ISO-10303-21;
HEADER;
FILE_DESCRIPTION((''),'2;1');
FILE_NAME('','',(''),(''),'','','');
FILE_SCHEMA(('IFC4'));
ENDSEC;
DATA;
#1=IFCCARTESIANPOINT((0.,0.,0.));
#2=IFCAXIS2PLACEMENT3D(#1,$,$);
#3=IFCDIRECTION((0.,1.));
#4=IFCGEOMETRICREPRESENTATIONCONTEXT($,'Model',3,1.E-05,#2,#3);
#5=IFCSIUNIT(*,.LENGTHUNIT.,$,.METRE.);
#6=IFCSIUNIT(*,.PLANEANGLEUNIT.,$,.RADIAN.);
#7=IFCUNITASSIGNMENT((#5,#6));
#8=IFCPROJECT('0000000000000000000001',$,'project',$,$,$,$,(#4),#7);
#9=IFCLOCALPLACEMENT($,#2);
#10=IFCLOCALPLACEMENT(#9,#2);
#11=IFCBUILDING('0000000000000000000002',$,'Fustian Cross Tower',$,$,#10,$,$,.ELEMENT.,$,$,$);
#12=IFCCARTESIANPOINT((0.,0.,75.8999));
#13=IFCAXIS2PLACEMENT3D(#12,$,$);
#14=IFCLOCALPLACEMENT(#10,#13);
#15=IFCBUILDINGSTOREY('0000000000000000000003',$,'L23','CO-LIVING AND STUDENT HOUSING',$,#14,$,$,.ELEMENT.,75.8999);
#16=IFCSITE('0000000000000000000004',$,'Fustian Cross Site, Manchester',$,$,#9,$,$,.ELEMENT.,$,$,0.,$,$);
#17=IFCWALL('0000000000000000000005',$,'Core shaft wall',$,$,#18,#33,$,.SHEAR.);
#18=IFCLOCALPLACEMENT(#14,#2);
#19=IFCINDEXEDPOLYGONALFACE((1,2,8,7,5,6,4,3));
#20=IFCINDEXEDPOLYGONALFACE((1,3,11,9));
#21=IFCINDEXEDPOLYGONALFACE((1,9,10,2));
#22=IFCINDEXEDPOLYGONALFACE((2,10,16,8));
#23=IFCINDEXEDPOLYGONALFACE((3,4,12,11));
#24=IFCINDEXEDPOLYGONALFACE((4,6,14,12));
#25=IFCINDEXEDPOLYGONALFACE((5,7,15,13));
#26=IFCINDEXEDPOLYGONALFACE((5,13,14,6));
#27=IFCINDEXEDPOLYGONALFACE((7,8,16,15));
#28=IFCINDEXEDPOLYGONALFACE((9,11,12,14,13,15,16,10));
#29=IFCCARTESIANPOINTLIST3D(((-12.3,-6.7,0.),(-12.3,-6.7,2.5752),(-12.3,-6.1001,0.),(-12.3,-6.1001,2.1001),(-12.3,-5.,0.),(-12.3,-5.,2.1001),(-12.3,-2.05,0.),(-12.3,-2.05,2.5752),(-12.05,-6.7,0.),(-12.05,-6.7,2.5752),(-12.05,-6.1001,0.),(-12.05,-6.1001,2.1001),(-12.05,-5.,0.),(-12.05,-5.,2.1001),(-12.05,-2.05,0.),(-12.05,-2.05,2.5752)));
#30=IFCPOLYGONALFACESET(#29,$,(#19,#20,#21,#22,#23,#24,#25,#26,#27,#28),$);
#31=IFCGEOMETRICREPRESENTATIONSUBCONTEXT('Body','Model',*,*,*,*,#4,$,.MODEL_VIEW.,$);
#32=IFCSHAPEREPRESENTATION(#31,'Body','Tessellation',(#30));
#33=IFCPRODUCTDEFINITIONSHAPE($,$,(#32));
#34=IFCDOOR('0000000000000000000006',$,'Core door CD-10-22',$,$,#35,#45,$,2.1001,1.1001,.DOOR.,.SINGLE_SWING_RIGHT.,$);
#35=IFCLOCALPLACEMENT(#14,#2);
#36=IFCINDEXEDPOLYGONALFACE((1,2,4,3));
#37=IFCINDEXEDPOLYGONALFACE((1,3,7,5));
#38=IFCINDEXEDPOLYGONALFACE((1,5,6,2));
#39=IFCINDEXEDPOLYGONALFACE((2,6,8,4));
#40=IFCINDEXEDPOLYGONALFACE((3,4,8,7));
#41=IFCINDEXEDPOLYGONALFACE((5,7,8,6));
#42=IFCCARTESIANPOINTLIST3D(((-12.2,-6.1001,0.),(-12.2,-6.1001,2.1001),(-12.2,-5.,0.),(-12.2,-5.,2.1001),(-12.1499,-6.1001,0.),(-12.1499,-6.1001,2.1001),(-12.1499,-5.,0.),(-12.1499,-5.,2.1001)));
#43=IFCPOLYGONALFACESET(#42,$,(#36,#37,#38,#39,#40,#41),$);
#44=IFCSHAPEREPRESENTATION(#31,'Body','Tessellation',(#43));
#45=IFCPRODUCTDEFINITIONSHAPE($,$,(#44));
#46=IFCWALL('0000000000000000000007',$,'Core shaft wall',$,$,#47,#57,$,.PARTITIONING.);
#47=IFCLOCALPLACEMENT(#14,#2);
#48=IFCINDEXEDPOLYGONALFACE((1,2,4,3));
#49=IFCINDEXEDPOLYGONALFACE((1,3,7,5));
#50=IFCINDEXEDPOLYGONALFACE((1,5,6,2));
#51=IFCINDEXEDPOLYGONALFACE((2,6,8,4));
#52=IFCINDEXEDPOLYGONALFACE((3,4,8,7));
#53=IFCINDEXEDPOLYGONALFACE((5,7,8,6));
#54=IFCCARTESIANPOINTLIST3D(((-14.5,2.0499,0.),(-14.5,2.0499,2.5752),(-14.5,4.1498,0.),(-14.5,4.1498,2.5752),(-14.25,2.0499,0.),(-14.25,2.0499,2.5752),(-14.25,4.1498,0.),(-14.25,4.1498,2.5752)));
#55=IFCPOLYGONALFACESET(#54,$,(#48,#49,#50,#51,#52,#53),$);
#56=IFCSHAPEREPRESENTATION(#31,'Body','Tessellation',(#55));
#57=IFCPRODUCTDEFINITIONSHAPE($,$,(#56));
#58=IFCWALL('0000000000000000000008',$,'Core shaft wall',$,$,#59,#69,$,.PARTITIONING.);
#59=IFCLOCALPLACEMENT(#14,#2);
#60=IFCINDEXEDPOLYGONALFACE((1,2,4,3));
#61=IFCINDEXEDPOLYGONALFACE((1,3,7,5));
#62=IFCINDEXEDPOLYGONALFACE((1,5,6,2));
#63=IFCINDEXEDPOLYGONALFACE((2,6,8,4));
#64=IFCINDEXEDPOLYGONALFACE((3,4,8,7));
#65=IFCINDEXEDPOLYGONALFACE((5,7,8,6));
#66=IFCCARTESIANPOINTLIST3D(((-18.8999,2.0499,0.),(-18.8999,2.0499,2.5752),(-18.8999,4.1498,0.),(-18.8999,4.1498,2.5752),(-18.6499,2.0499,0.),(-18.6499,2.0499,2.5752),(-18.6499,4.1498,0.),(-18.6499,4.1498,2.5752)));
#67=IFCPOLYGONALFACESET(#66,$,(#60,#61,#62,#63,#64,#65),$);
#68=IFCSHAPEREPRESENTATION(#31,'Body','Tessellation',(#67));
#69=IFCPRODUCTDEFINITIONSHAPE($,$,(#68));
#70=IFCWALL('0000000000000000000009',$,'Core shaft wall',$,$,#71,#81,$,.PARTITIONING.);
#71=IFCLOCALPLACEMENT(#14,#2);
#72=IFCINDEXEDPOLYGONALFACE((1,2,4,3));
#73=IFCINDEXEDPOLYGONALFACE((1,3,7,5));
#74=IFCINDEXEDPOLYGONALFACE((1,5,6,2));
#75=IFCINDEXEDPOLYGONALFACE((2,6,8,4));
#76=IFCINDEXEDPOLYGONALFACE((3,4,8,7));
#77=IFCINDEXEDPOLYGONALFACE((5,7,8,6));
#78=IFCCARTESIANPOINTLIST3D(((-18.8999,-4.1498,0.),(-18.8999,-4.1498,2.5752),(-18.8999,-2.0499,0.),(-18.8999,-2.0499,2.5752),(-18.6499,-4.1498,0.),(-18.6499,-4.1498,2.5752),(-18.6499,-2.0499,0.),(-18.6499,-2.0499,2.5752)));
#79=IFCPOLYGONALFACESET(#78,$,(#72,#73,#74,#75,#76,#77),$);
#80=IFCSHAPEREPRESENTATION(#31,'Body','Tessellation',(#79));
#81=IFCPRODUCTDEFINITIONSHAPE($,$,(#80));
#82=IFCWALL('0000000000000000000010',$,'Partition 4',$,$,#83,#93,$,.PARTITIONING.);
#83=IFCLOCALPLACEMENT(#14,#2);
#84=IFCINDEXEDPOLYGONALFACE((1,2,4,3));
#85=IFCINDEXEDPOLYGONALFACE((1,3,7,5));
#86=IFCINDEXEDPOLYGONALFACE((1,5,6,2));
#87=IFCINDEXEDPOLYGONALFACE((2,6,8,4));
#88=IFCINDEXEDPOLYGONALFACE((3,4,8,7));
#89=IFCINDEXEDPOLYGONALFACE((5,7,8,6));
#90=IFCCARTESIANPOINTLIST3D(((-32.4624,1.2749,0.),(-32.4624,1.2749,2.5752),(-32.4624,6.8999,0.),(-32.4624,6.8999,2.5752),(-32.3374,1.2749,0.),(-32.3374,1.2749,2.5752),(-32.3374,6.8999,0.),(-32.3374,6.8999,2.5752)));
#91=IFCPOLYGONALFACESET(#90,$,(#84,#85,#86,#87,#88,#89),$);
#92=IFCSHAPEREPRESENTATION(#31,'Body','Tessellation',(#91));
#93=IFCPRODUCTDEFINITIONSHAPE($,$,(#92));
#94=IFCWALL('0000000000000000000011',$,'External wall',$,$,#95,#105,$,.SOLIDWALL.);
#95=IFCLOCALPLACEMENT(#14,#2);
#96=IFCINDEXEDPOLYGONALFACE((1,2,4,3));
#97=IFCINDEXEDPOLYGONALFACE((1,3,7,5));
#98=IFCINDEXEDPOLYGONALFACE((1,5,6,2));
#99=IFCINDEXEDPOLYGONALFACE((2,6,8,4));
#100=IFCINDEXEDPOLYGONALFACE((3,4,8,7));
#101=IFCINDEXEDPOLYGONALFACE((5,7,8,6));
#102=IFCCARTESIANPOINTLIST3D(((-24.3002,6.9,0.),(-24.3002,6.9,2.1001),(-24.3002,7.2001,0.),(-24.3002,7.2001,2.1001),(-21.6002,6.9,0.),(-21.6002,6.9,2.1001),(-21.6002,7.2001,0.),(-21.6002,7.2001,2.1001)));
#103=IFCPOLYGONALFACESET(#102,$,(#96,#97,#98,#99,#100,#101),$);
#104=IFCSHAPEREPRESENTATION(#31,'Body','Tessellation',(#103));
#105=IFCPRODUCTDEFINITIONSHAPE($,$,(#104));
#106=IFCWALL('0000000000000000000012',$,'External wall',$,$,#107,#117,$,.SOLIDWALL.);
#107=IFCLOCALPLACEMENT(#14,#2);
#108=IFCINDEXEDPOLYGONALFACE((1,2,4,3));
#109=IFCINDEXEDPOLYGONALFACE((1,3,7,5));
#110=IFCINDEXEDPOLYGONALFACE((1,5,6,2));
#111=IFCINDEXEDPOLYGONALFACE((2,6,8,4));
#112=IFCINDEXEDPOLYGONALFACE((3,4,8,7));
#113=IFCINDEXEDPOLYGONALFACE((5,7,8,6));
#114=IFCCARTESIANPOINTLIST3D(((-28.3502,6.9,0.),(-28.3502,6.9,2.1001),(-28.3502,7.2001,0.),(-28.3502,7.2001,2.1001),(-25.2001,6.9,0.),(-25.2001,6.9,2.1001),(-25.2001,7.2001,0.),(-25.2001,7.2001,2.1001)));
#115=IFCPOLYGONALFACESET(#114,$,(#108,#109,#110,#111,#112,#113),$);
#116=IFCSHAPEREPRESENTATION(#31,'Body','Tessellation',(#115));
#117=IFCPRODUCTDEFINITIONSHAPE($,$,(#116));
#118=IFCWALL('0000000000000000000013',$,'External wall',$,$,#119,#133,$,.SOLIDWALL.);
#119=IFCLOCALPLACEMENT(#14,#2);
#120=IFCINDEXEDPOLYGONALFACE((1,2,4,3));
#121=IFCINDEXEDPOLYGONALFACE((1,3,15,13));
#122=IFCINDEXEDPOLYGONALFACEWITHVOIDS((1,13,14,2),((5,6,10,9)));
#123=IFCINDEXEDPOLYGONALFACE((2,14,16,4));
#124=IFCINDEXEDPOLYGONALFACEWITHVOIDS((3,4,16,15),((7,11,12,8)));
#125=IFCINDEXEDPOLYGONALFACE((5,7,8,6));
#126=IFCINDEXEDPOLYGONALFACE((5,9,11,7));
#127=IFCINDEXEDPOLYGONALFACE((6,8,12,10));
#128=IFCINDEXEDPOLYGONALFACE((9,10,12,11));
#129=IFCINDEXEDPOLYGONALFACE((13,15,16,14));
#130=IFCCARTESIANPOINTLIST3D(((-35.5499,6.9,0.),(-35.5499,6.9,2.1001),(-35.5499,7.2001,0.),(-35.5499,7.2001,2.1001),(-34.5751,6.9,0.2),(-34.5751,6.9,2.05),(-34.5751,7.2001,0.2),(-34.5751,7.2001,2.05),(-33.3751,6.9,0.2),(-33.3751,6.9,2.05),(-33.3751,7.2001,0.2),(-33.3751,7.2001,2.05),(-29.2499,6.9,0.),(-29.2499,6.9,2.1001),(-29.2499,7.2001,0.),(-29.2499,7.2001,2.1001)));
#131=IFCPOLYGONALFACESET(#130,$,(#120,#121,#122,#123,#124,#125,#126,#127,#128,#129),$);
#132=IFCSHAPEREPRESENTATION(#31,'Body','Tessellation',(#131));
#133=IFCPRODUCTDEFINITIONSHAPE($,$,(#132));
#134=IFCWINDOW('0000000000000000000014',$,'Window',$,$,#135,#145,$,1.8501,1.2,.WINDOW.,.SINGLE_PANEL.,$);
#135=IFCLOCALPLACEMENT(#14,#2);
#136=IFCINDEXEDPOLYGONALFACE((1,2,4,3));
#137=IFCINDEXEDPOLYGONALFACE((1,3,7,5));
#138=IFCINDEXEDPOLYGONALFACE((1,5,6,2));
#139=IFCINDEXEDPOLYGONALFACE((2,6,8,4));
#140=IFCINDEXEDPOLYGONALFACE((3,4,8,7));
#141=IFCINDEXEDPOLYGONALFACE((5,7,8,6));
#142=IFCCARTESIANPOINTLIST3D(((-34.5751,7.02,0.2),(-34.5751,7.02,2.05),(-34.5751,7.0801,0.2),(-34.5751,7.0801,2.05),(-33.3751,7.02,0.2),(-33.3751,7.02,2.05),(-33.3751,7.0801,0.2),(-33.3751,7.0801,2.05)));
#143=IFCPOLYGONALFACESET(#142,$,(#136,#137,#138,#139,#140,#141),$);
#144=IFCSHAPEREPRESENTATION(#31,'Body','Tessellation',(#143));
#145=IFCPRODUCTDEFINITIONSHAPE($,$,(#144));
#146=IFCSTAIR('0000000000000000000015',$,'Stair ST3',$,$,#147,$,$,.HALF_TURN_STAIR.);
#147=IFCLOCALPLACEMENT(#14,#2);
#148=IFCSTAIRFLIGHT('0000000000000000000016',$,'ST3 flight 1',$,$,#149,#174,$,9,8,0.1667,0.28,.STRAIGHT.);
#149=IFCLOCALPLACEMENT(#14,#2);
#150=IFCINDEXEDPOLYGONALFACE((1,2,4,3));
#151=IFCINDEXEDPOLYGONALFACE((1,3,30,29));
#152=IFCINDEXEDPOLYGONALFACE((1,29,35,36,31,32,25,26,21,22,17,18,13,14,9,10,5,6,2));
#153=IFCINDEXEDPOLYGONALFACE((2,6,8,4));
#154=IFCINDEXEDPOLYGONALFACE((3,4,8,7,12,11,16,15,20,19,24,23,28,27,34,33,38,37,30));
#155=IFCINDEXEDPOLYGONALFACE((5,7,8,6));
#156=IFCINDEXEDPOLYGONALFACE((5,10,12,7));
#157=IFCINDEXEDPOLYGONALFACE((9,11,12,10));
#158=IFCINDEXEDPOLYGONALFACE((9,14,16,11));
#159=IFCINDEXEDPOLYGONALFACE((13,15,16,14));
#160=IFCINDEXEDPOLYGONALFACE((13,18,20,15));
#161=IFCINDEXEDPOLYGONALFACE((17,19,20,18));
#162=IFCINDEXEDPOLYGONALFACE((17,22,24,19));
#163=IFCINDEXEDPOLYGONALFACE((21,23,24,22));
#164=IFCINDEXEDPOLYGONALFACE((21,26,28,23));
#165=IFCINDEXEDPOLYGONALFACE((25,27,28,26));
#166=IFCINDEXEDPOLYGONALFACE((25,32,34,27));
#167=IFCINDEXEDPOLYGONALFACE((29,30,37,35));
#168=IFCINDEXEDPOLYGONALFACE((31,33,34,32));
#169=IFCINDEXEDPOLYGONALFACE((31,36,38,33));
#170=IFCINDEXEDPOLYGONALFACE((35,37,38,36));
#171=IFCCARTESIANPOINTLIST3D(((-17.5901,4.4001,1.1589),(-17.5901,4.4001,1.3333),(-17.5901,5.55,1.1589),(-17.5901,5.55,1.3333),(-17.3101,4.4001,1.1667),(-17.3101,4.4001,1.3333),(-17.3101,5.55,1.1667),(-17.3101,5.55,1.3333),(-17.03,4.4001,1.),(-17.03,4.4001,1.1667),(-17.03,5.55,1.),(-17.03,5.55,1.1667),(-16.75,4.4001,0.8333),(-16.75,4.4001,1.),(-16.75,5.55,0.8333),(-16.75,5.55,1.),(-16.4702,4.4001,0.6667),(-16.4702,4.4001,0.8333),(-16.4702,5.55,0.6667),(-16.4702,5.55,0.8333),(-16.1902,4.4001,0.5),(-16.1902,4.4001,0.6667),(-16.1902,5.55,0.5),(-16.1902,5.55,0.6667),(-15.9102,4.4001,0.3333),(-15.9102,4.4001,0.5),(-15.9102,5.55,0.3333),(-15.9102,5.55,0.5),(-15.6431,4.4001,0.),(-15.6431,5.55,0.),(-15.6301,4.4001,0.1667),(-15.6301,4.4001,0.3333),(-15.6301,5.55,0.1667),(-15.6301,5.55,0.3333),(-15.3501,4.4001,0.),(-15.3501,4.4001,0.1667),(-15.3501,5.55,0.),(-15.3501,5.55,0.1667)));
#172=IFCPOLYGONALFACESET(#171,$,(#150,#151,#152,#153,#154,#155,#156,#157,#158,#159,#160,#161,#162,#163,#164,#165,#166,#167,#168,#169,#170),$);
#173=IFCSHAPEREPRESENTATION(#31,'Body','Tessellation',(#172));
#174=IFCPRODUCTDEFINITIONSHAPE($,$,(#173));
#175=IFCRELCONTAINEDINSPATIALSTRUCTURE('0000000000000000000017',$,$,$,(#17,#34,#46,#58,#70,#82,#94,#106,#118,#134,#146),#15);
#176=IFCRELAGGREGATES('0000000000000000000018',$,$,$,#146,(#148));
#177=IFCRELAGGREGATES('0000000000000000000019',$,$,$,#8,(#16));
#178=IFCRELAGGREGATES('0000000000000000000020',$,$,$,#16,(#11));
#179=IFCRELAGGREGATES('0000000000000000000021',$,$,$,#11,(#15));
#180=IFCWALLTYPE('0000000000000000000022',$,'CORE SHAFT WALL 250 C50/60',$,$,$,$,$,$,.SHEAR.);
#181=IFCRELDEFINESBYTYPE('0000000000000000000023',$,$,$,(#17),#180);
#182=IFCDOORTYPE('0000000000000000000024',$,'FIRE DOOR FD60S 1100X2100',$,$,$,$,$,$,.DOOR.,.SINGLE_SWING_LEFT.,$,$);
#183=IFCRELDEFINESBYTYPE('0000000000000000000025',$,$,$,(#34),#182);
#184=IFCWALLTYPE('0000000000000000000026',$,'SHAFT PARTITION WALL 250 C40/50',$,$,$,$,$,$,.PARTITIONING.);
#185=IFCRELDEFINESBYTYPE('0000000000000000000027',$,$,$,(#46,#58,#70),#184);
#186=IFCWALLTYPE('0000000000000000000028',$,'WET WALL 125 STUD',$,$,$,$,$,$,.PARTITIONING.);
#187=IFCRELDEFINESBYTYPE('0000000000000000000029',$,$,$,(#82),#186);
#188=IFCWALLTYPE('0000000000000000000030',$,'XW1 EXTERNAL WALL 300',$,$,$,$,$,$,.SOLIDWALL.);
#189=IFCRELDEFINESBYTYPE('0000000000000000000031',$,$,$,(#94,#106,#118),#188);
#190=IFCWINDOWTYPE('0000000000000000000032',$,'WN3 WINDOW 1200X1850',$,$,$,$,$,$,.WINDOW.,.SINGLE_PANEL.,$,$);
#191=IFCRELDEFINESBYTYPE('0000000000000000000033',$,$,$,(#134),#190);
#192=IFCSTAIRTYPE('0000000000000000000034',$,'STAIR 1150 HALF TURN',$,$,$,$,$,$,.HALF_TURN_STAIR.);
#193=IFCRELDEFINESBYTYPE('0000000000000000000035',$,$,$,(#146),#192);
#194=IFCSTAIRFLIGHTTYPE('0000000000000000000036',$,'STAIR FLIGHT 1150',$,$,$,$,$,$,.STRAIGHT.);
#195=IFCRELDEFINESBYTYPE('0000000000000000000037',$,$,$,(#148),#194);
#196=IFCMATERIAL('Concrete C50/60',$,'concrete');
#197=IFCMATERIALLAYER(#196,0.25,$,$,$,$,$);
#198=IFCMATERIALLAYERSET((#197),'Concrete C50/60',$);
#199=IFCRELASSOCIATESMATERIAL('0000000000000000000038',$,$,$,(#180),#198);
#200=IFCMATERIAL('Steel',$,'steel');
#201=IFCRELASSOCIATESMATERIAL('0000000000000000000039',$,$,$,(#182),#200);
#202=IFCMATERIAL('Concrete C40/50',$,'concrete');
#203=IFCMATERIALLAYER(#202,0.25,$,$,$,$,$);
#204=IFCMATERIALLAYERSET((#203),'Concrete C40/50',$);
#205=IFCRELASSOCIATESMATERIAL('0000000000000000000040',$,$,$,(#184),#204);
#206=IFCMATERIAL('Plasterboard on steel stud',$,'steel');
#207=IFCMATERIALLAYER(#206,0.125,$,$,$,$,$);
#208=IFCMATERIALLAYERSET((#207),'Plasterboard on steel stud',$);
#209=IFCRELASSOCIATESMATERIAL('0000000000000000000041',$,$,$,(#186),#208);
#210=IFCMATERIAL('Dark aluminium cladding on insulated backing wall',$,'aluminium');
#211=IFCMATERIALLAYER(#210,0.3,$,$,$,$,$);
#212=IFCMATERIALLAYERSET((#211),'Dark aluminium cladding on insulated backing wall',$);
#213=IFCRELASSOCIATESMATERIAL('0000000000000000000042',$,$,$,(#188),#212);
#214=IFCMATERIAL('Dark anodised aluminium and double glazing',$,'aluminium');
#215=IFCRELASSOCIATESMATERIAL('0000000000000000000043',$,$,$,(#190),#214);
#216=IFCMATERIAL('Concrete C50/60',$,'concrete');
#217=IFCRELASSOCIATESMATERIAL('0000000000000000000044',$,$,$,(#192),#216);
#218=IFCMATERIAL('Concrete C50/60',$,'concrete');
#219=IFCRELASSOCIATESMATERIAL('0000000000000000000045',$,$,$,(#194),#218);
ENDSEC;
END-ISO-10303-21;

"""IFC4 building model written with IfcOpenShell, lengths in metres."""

from ifc_helpers import new_model, si_unit, direction, frame, frame_2d, origin, place, context, subcontext, project, spatial, polyline, rectangle, outline, extrude, material, layer, layer_set, type_object, element, fill, aggregate, save


model = new_model("IFC4")

# Units and contexts
model_context = context("Model", 3, precision=1e-05, world=origin(), true_north=direction((0.0, 1.0)))
body_context = subcontext(model_context, "Body", "Model", "MODEL_VIEW")
ifc_project = project(units=[si_unit("LENGTHUNIT", "METRE"), si_unit("PLANEANGLEUNIT", "RADIAN")], contexts=[model_context])

# Site, building, storey
site_placement = place(None, origin())
site = spatial("IfcSite", under=ifc_project, at=site_placement, Name="Fustian Cross Site, Manchester", CompositionType="ELEMENT", RefElevation=0.0)
building_placement = place(site_placement, origin())
building = spatial("IfcBuilding", under=site, at=building_placement, Name="Fustian Cross Tower", CompositionType="ELEMENT")
storey_placement = place(building_placement, frame((0.0, 0.0, 75.8999)))
storey = spatial("IfcBuildingStorey", under=building, at=storey_placement, Name="L23", Description="CO-LIVING AND STUDENT HOUSING", CompositionType="ELEMENT", Elevation=75.8999)

# Shared definitions
ifc_material_1 = material(Name="Concrete C50/60", Category="concrete")
ifc_layer_1 = layer(ifc_material_1, 0.25)
ifc_layer_set_1 = layer_set([ifc_layer_1], Name="Concrete C50/60")
wall_type_1 = type_object("IfcWallType", Name="CORE SHAFT WALL 250 C50/60", PredefinedType="SHEAR", material=ifc_layer_set_1)

# Wall, opening, door
ifc_material_2 = material(Name="Steel", Category="steel")
door_type_1 = type_object("IfcDoorType", Name="FIRE DOOR FD60S 1100X2100", OperationType="SINGLE_SWING_LEFT", PredefinedType="DOOR", material=ifc_material_2)
wall_1_placement = place(storey_placement, frame((-12.175, -2.05, 0.0), z_axis=(0.0, 0.0, 1.0), x_axis=(0.0, -1.0, 0.0)))
wall_1 = element("IfcWall", 1, at=wall_1_placement, inside=storey, type_object=wall_type_1, Name="Core shaft wall", PredefinedType="SHEAR", context=body_context, shape_type="SweptSolid", body=[
    extrude(rectangle(XDim=4.6499, YDim=0.25, at=frame_2d((2.325, 0.0))), origin(), (0.0, 0.0, 1.0), 2.5752),
])
opening_1_placement = place(wall_1_placement, frame((2.95, 0.0, 0.0)))
opening_1 = element("IfcOpeningElement", 2, at=opening_1_placement, cuts=wall_1, PredefinedType="OPENING", context=body_context, shape_type="SweptSolid", body=[
    extrude(rectangle(XDim=1.1001, YDim=2.1001, at=frame_2d((0.55, 1.05))), frame((0.0, 0.135, 0.0), z_axis=(0.0, -1.0, 0.0), x_axis=(1.0, 0.0, 0.0)), (0.0, 0.0, 1.0), 0.27),
])
door_1_placement = place(opening_1_placement, frame((1.1001, 0.0, 0.0), z_axis=(0.0, 0.0, 1.0), x_axis=(-1.0, 0.0, 0.0)))
door_1 = element("IfcDoor", 3, at=door_1_placement, inside=storey, type_object=door_type_1, Name="Core door CD-10-22", OperationType="SINGLE_SWING_RIGHT", OverallHeight=2.1001, OverallWidth=1.1001, PredefinedType="DOOR", context=body_context, shape_type="SweptSolid", body=[
    extrude(rectangle(XDim=1.1001, YDim=2.1001, at=frame_2d((0.55, 1.05))), frame((0.0, 0.0249, 0.0), z_axis=(0.0, -1.0, 0.0), x_axis=(1.0, 0.0, 0.0)), (0.0, 0.0, 1.0), 0.05),
])
fill(opening_1, door_1)

# Walls
ifc_material_3 = material(Name="Concrete C40/50", Category="concrete")
ifc_layer_2 = layer(ifc_material_3, 0.25)
ifc_layer_set_2 = layer_set([ifc_layer_2], Name="Concrete C40/50")
wall_type_2 = type_object("IfcWallType", Name="SHAFT PARTITION WALL 250 C40/50", PredefinedType="PARTITIONING", material=ifc_layer_set_2)
for number, where, z_axis, x_axis, name in (
    (4, (-14.375, 2.05, 0.0), (0.0, 0.0, 1.0), (0.0, 1.0, 0.0), "Core shaft wall"),
    (5, (-18.7749, 2.05, 0.0), (0.0, 0.0, 1.0), (0.0, 1.0, 0.0), "Core shaft wall"),
    (6, (-18.7749, -2.05, 0.0), (0.0, 0.0, 1.0), (0.0, -1.0, 0.0), "Core shaft wall"),
):
    element("IfcWall", number, at=place(storey_placement, frame(where, z_axis=z_axis, x_axis=x_axis)), inside=storey, type_object=wall_type_2, Name=name, PredefinedType="PARTITIONING", context=body_context, shape_type="SweptSolid", body=[
        extrude(rectangle(XDim=2.0999, YDim=0.25, at=frame_2d((1.0498, 0.0))), origin(), (0.0, 0.0, 1.0), 2.5752),
    ])
ifc_material_4 = material(Name="Plasterboard on steel stud", Category="steel")
ifc_layer_3 = layer(ifc_material_4, 0.125)
ifc_layer_set_3 = layer_set([ifc_layer_3], Name="Plasterboard on steel stud")
wall_type_3 = type_object("IfcWallType", Name="WET WALL 125 STUD", PredefinedType="PARTITIONING", material=ifc_layer_set_3)
wall_2_placement = place(storey_placement, frame((-32.3999, 1.2749, 0.0), z_axis=(0.0, 0.0, 1.0), x_axis=(0.0, 1.0, 0.0)))
element("IfcWall", 7, at=wall_2_placement, inside=storey, type_object=wall_type_3, Name="Partition 4", PredefinedType="PARTITIONING", context=body_context, shape_type="SweptSolid", body=[
    extrude(rectangle(XDim=5.625, YDim=0.125, at=frame_2d((2.8125, 0.0))), origin(), (0.0, 0.0, 1.0), 2.5752),
])
ifc_material_5 = material(Name="Dark aluminium cladding on insulated backing wall", Category="aluminium")
ifc_layer_4 = layer(ifc_material_5, 0.3)
ifc_layer_set_4 = layer_set([ifc_layer_4], Name="Dark aluminium cladding on insulated backing wall")
wall_type_4 = type_object("IfcWallType", Name="XW1 EXTERNAL WALL 300", PredefinedType="SOLIDWALL", material=ifc_layer_set_4)
wall_3_placement = place(storey_placement, frame((-21.6001, 7.05, 0.0), z_axis=(0.0, 0.0, 1.0), x_axis=(-1.0, 0.0, 0.0)))
element("IfcWall", 8, at=wall_3_placement, inside=storey, type_object=wall_type_4, Name="External wall", PredefinedType="SOLIDWALL", context=body_context, shape_type="SweptSolid", body=[
    extrude(rectangle(XDim=2.7, YDim=0.3, at=frame_2d((1.3501, 0.0))), origin(), (0.0, 0.0, 1.0), 2.1001),
])
wall_4_placement = place(storey_placement, frame((-25.2, 7.05, 0.0), z_axis=(0.0, 0.0, 1.0), x_axis=(-1.0, 0.0, 0.0)))
element("IfcWall", 9, at=wall_4_placement, inside=storey, type_object=wall_type_4, Name="External wall", PredefinedType="SOLIDWALL", context=body_context, shape_type="SweptSolid", body=[
    extrude(rectangle(XDim=3.1501, YDim=0.3, at=frame_2d((1.5752, 0.0))), origin(), (0.0, 0.0, 1.0), 2.1001),
])

# Wall, opening, window
wall_5_placement = place(storey_placement, frame((-29.25, 7.05, 0.0), z_axis=(0.0, 0.0, 1.0), x_axis=(-1.0, 0.0, 0.0)))
wall_5 = element("IfcWall", 10, at=wall_5_placement, inside=storey, type_object=wall_type_4, Name="External wall", PredefinedType="SOLIDWALL", context=body_context, shape_type="SweptSolid", body=[
    extrude(rectangle(XDim=6.3, YDim=0.3, at=frame_2d((3.1499, 0.0))), origin(), (0.0, 0.0, 1.0), 2.1001),
])
opening_2_placement = place(wall_5_placement, frame((4.125, 0.0, 0.2)))
opening_2 = element("IfcOpeningElement", 11, at=opening_2_placement, cuts=wall_5, PredefinedType="OPENING", context=body_context, shape_type="SweptSolid", body=[
    extrude(rectangle(XDim=1.2, YDim=1.8501, at=frame_2d((0.6001, 0.925))), frame((0.0, 0.1599, 0.0), z_axis=(0.0, -1.0, 0.0), x_axis=(1.0, 0.0, 0.0)), (0.0, 0.0, 1.0), 0.3201),
])
ifc_material_6 = material(Name="Dark anodised aluminium and double glazing", Category="aluminium")
window_type = type_object("IfcWindowType", Name="WN3 WINDOW 1200X1850", PartitioningType="SINGLE_PANEL", PredefinedType="WINDOW", material=ifc_material_6)
window_placement = place(opening_2_placement, origin())
window = element("IfcWindow", 12, at=window_placement, inside=storey, type_object=window_type, Name="Window", OverallHeight=1.8501, OverallWidth=1.2, PartitioningType="SINGLE_PANEL", PredefinedType="WINDOW", context=body_context, shape_type="SweptSolid", body=[
    extrude(rectangle(XDim=1.2, YDim=1.8501, at=frame_2d((0.6001, 0.925))), frame((0.0, 0.03, 0.0), z_axis=(0.0, -1.0, 0.0), x_axis=(1.0, 0.0, 0.0)), (0.0, 0.0, 1.0), 0.0601),
])
fill(opening_2, window)

# Stair, stair flight
ifc_material_7 = material(Name="Concrete C50/60", Category="concrete")
stair_type = type_object("IfcStairType", Name="STAIR 1150 HALF TURN", PredefinedType="HALF_TURN_STAIR", material=ifc_material_7)
stair_placement = place(storey_placement, origin())
stair = element("IfcStair", 13, at=stair_placement, inside=storey, type_object=stair_type, Name="Stair ST3", PredefinedType="HALF_TURN_STAIR")
ifc_material_8 = material(Name="Concrete C50/60", Category="concrete")
stair_flight_type = type_object("IfcStairFlightType", Name="STAIR FLIGHT 1150", PredefinedType="STRAIGHT", material=ifc_material_8)
stair_flight_1_placement = place(storey_placement, frame((-15.3501, 4.9751, 0.0), z_axis=(0.0, 0.0, 1.0), x_axis=(-1.0, 0.0, 0.0)))
stair_flight_1 = element("IfcStairFlight", 14, at=stair_flight_1_placement, type_object=stair_flight_type, Name="ST3 flight 1", NumberOfRisers=9, NumberOfTreads=8, PredefinedType="STRAIGHT", RiserHeight=0.1667, TreadLength=0.28, context=body_context, shape_type="SweptSolid", body=[
    extrude(outline(polyline([(0.0, 0.0), (0.0, 0.1667), (0.28, 0.1667), (0.28, 0.3333), (0.5601, 0.3333), (0.5601, 0.5), (0.8401, 0.5), (0.8401, 0.6667), (1.1201, 0.6667), (1.1201, 0.8333), (1.3999, 0.8333), (1.3999, 1.0), (1.6799, 1.0), (1.6799, 1.1667), (1.96, 1.1667), (1.96, 1.3333), (2.24, 1.3333), (2.24, 1.5), (2.24, 1.1589), (0.293, 0.0), (0.0, 0.0)])), frame((0.0, 0.575, 0.0), z_axis=(0.0, -1.0, 0.0), x_axis=(1.0, 0.0, 0.0)), (0.0, 0.0, 1.0), 1.1499),
])
aggregate(stair, [stair_flight_1])

save(model, "model.ifc")
